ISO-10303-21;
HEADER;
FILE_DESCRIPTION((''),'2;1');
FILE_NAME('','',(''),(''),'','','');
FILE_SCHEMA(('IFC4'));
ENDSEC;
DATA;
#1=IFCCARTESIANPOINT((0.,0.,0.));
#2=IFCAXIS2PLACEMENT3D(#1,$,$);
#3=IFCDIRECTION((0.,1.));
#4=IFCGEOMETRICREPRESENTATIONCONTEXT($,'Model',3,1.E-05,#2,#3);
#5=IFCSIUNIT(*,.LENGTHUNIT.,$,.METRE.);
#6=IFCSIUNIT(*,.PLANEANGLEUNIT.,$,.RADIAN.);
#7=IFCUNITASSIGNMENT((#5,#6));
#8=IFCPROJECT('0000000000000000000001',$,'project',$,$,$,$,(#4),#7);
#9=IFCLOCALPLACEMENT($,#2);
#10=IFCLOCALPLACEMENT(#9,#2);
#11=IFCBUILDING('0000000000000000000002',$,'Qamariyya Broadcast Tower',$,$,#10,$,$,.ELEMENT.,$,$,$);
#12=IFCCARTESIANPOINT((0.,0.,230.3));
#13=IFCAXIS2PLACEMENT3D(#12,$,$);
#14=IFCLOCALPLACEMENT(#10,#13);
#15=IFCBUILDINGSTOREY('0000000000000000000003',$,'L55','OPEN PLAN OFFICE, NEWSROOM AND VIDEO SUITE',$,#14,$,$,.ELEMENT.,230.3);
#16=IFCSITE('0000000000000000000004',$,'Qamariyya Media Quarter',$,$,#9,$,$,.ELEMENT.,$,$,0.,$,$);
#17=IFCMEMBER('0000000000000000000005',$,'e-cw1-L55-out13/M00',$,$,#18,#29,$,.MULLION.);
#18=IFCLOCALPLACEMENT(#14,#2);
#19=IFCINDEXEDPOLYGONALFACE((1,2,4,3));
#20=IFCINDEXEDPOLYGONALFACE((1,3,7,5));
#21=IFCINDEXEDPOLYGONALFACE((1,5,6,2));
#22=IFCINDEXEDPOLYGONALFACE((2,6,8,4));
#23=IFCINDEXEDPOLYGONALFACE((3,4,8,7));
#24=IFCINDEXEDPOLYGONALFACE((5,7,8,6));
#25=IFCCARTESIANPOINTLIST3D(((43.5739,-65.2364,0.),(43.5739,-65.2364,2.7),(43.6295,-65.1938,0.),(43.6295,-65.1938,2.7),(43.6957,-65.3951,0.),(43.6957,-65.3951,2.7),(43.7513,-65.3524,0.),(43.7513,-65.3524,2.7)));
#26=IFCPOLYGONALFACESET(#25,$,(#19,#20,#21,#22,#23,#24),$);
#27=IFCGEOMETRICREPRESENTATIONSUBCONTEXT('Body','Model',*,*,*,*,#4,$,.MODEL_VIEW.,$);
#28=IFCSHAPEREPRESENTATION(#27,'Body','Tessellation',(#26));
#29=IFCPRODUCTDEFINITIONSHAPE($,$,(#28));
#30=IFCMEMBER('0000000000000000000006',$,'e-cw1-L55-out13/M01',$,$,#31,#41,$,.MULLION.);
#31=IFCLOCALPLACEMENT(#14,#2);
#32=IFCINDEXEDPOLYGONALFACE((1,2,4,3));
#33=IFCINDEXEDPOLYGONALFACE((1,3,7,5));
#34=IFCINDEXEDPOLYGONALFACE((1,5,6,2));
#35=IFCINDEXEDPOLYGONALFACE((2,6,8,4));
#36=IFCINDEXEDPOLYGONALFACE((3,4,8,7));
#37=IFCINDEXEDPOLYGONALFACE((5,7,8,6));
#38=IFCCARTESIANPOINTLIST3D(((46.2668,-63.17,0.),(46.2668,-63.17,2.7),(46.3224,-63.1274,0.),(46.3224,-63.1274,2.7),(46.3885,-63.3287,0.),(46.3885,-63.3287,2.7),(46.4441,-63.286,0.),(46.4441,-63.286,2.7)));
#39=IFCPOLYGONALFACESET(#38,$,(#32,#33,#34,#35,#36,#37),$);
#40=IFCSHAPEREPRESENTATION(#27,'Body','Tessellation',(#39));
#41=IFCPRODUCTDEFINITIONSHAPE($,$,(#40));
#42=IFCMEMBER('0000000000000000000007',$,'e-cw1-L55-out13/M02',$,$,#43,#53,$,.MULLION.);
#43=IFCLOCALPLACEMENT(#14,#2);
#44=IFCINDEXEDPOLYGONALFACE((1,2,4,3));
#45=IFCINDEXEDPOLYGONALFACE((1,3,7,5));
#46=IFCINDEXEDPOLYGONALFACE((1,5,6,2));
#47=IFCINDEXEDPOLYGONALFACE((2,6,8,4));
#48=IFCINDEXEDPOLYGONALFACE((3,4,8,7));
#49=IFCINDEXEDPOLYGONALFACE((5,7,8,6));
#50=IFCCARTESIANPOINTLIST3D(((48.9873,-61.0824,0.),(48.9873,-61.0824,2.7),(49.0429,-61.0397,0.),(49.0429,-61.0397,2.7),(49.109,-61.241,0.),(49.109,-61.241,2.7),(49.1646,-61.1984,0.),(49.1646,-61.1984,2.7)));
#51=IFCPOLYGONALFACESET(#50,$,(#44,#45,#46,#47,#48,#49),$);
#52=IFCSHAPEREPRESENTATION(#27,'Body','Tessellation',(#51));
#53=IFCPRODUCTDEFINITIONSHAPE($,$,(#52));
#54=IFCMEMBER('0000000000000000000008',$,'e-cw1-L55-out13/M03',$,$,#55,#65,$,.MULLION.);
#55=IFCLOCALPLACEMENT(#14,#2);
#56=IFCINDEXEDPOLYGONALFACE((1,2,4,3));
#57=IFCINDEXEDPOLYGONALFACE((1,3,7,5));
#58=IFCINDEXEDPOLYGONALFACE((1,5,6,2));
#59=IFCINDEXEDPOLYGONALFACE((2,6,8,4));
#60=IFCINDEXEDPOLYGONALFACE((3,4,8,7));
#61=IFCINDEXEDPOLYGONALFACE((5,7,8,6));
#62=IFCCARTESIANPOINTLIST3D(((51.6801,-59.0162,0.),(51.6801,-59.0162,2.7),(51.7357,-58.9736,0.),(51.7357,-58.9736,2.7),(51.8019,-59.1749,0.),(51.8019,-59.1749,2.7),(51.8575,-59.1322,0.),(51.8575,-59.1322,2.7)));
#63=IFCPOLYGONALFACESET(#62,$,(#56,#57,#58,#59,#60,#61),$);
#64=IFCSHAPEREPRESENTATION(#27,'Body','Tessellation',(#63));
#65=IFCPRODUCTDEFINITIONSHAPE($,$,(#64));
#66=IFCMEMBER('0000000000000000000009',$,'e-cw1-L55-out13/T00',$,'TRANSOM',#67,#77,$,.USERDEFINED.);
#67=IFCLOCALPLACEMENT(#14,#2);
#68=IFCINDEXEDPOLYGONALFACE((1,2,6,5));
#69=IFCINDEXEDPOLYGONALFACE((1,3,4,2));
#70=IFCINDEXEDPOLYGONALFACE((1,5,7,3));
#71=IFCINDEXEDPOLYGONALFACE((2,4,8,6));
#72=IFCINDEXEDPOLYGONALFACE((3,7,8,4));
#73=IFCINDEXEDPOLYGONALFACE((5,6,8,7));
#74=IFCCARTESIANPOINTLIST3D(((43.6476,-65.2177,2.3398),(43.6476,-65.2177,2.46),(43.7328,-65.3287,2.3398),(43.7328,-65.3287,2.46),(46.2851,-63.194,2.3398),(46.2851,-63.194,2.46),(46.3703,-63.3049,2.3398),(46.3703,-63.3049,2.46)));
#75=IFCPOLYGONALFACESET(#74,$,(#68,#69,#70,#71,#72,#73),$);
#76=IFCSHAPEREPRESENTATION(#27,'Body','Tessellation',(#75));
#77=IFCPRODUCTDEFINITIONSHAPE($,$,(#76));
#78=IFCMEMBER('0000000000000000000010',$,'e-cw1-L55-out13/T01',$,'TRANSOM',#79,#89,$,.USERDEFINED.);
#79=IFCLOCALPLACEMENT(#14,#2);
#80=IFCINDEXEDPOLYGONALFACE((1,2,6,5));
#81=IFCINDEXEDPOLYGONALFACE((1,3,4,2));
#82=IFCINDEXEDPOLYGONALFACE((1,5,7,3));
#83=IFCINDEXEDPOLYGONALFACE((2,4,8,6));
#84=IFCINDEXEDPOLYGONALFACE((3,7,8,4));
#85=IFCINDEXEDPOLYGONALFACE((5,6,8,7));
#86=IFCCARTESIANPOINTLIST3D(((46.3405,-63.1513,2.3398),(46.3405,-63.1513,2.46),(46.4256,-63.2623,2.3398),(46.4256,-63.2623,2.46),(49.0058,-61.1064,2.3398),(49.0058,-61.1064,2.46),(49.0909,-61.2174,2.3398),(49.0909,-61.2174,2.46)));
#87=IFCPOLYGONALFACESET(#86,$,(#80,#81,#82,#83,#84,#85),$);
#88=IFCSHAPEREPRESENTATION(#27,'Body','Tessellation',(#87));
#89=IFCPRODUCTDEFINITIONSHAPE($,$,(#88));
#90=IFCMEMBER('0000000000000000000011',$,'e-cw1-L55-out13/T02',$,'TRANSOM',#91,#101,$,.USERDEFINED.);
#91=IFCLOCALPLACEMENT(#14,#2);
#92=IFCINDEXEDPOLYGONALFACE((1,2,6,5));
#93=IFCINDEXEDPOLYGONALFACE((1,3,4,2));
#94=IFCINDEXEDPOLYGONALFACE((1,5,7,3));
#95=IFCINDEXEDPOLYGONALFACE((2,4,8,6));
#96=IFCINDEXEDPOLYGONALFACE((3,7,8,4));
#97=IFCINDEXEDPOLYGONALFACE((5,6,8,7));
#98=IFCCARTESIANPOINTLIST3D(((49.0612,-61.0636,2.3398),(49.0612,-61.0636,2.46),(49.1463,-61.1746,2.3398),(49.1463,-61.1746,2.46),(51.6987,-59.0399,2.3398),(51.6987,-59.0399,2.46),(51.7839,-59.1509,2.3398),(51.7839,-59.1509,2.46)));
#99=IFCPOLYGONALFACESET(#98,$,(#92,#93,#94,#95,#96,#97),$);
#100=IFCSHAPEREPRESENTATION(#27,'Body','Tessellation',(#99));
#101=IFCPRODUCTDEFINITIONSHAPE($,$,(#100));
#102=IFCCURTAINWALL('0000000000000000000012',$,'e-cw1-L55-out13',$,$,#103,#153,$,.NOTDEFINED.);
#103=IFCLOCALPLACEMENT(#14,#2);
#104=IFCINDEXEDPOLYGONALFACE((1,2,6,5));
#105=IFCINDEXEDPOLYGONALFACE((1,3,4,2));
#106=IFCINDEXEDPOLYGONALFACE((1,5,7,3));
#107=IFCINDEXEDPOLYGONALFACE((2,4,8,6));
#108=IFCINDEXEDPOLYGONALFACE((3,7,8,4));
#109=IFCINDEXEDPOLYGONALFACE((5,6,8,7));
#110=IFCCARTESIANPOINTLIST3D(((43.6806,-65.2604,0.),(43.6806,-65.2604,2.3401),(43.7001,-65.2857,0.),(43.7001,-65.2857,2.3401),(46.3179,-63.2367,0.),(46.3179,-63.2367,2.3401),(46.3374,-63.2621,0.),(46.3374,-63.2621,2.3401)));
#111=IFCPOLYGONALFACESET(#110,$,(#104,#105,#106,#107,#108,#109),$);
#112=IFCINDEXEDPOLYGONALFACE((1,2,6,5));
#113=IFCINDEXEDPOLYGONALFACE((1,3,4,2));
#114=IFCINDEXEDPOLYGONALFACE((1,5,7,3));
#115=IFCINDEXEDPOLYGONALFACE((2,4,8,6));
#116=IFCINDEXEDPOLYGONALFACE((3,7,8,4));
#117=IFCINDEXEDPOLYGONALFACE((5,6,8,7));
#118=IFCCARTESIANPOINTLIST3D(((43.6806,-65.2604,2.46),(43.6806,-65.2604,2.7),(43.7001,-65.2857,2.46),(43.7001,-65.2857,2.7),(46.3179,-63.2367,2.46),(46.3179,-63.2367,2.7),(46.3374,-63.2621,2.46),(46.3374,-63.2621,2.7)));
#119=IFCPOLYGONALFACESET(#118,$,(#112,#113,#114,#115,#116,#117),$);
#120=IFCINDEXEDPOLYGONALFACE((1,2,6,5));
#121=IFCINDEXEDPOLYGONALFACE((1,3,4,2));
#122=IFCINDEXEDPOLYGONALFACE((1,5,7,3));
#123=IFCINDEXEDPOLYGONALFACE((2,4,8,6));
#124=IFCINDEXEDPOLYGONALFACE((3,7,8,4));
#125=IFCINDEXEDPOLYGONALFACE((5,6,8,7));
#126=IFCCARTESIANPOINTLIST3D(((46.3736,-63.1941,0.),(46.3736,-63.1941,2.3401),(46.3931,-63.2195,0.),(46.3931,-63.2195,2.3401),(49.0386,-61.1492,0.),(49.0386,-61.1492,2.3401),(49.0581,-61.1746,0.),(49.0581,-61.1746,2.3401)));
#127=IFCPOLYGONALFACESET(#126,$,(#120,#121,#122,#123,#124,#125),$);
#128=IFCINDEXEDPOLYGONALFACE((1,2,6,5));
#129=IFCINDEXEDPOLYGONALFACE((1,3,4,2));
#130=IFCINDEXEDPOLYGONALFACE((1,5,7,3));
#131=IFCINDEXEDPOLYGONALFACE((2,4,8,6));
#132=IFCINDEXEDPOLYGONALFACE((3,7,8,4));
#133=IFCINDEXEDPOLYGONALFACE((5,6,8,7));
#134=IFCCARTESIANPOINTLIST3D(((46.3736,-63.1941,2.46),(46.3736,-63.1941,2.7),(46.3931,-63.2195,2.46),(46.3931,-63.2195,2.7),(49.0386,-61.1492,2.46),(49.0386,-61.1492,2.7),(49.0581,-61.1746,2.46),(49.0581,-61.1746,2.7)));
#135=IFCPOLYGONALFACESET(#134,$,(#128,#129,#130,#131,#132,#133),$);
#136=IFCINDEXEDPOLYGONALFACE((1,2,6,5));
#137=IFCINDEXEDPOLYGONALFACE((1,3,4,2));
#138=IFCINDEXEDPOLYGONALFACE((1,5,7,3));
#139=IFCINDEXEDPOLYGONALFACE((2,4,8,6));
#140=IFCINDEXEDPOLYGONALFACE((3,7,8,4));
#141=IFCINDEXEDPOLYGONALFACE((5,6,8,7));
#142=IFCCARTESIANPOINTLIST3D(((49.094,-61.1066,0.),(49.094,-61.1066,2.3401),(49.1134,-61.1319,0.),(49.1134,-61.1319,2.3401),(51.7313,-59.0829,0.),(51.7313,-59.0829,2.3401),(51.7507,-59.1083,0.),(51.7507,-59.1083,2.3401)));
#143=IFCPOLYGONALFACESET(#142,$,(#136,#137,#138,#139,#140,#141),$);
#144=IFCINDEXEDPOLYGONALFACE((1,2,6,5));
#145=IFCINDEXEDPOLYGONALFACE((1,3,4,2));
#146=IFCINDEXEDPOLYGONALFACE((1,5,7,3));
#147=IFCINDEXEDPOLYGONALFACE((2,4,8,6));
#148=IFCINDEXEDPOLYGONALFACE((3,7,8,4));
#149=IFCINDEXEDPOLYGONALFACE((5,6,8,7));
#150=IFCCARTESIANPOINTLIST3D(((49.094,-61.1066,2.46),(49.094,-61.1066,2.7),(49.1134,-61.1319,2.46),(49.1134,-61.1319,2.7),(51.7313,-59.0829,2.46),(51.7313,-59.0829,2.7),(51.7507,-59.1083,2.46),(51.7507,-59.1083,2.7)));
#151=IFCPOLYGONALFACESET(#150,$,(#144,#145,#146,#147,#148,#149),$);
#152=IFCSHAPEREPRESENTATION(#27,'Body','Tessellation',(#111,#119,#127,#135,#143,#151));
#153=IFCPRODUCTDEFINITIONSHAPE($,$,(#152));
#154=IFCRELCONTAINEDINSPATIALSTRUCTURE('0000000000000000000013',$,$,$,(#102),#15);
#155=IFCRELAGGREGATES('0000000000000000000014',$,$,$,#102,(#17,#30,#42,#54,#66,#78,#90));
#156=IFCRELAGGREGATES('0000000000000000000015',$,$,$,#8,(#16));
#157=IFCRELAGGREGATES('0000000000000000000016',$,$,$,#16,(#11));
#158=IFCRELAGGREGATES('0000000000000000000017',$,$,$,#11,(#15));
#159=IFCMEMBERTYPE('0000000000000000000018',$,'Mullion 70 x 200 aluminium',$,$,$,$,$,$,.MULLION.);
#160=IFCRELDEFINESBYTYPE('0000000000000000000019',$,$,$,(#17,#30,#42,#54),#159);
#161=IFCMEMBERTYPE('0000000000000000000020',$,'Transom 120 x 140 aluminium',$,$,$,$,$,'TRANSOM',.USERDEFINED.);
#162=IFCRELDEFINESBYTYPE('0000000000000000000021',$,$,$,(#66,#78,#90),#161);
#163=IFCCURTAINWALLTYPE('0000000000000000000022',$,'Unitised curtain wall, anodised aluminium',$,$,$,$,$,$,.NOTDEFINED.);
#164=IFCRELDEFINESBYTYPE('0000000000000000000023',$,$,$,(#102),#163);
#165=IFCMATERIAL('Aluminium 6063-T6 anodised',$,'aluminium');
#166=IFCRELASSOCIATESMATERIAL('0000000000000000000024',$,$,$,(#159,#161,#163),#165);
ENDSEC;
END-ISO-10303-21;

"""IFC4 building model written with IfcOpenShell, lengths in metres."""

from ifc_helpers import new_model, si_unit, direction, frame, origin, origin_2d, place, context, subcontext, project, spatial, rectangle, extrude, material, material_profile, profile_set, type_object, element, aggregate, save


model = new_model("IFC4")

# Units and contexts
model_context = context("Model", 3, precision=1e-05, world=origin(), true_north=direction((0.0, 1.0)))
body_context = subcontext(model_context, "Body", "Model", "MODEL_VIEW")
ifc_project = project(units=[si_unit("LENGTHUNIT", "METRE"), si_unit("PLANEANGLEUNIT", "RADIAN")], contexts=[model_context])

# Members
ifc_material = material(Name="Aluminium 6063-T6 anodised", Category="aluminium")
ifc_material_profile_1 = material_profile(ifc_material, rectangle(XDim=0.2, YDim=0.0701, at=origin_2d()))
ifc_profile_set_1 = profile_set([ifc_material_profile_1], Name="Aluminium 6063-T6 anodised")
member_type_1 = type_object("IfcMemberType", Name="Mullion 70 x 200 aluminium", PredefinedType="MULLION", material=ifc_profile_set_1)
site_placement = place(None, origin())
building_placement = place(site_placement, origin())
storey_placement = place(building_placement, frame((0.0, 0.0, 230.3)))
member_1_placement = place(storey_placement, frame((43.6626, -65.2944, 0.0), z_axis=(0.0, 0.0, 1.0), x_axis=(-0.608761, 0.793353, 0.0)))
member_1 = element("IfcMember", 1, at=member_1_placement, type_object=member_type_1, Name="e-cw1-L55-out13/M00", PredefinedType="MULLION", context=body_context, shape_type="SweptSolid", body=[
    extrude(rectangle(XDim=0.2, YDim=0.0701, at=origin_2d()), origin(), (0.0, 0.0, 1.0), 2.7),
])
member_2_placement = place(storey_placement, frame((46.3555, -63.228, 0.0), z_axis=(0.0, 0.0, 1.0), x_axis=(-0.608761, 0.793353, 0.0)))
member_2 = element("IfcMember", 2, at=member_2_placement, type_object=member_type_1, Name="e-cw1-L55-out13/M01", PredefinedType="MULLION", context=body_context, shape_type="SweptSolid", body=[
    extrude(rectangle(XDim=0.2, YDim=0.0701, at=origin_2d()), origin(), (0.0, 0.0, 1.0), 2.7),
])
member_3_placement = place(storey_placement, frame((49.0759, -61.1404, 0.0), z_axis=(0.0, 0.0, 1.0), x_axis=(-0.608761, 0.793353, 0.0)))
member_3 = element("IfcMember", 3, at=member_3_placement, type_object=member_type_1, Name="e-cw1-L55-out13/M02", PredefinedType="MULLION", context=body_context, shape_type="SweptSolid", body=[
    extrude(rectangle(XDim=0.2, YDim=0.0701, at=origin_2d()), origin(), (0.0, 0.0, 1.0), 2.7),
])
member_4_placement = place(storey_placement, frame((51.7688, -59.0742, 0.0), z_axis=(0.0, 0.0, 1.0), x_axis=(-0.608761, 0.793353, 0.0)))
member_4 = element("IfcMember", 4, at=member_4_placement, type_object=member_type_1, Name="e-cw1-L55-out13/M03", PredefinedType="MULLION", context=body_context, shape_type="SweptSolid", body=[
    extrude(rectangle(XDim=0.2, YDim=0.0701, at=origin_2d()), origin(), (0.0, 0.0, 1.0), 2.7),
])
ifc_material_profile_2 = material_profile(ifc_material, rectangle(XDim=0.1399, YDim=0.1201, at=origin_2d()))
ifc_profile_set_2 = profile_set([ifc_material_profile_2], Name="Aluminium 6063-T6 anodised")
member_type_2 = type_object("IfcMemberType", Name="Transom 120 x 140 aluminium", ElementType="TRANSOM", PredefinedType="USERDEFINED", material=ifc_profile_set_2)
member_5_placement = place(storey_placement, frame((43.6902, -65.2732, 2.3999), z_axis=(0.793369, 0.608741, 0.0), x_axis=(-0.608741, 0.793369, 0.0)))
member_5 = element("IfcMember", 5, at=member_5_placement, type_object=member_type_2, Name="e-cw1-L55-out13/T00", ObjectType="TRANSOM", PredefinedType="USERDEFINED", context=body_context, shape_type="SweptSolid", body=[
    extrude(rectangle(XDim=0.1399, YDim=0.1201, at=origin_2d()), origin(), (0.0, 0.0, 1.0), 3.3245),
])
member_6_placement = place(storey_placement, frame((46.3831, -63.2068, 2.3999), z_axis=(0.793385, 0.60872, 0.0), x_axis=(-0.60872, 0.793385, 0.0)))
member_6 = element("IfcMember", 6, at=member_6_placement, type_object=member_type_2, Name="e-cw1-L55-out13/T01", ObjectType="TRANSOM", PredefinedType="USERDEFINED", context=body_context, shape_type="SweptSolid", body=[
    extrude(rectangle(XDim=0.1399, YDim=0.1201, at=origin_2d()), origin(), (0.0, 0.0, 1.0), 3.3594),
])
member_7_placement = place(storey_placement, frame((49.1038, -61.1191, 2.3999), z_axis=(0.793369, 0.608741, 0.0), x_axis=(-0.608741, 0.793369, 0.0)))
member_7 = element("IfcMember", 7, at=member_7_placement, type_object=member_type_2, Name="e-cw1-L55-out13/T02", ObjectType="TRANSOM", PredefinedType="USERDEFINED", context=body_context, shape_type="SweptSolid", body=[
    extrude(rectangle(XDim=0.1399, YDim=0.1201, at=origin_2d()), origin(), (0.0, 0.0, 1.0), 3.3245),
])

# Site, building, storey
site = spatial("IfcSite", under=ifc_project, at=site_placement, Name="Qamariyya Media Quarter", CompositionType="ELEMENT", RefElevation=0.0)
building = spatial("IfcBuilding", under=site, at=building_placement, Name="Qamariyya Broadcast Tower", CompositionType="ELEMENT")
storey = spatial("IfcBuildingStorey", under=building, at=storey_placement, Name="L55", Description="OPEN PLAN OFFICE, NEWSROOM AND VIDEO SUITE", CompositionType="ELEMENT", Elevation=230.3)

# Curtain wall
curtain_wall_type = type_object("IfcCurtainWallType", Name="Unitised curtain wall, anodised aluminium", PredefinedType="NOTDEFINED", material=ifc_material)
curtain_wall_1_placement = place(storey_placement, origin())
curtain_wall_1 = element("IfcCurtainWall", 8, at=curtain_wall_1_placement, inside=storey, type_object=curtain_wall_type, Name="e-cw1-L55-out13", PredefinedType="NOTDEFINED", context=body_context, shape_type="SweptSolid", body=[
    extrude(rectangle(XDim=3.3242, YDim=0.032, at=origin_2d()), frame((45.009, -64.2612, 0.0), x_axis=(0.793359, 0.608754, 0.0)), (0.0, 0.0, 1.0), 2.3401),
    extrude(rectangle(XDim=3.3242, YDim=0.032, at=origin_2d()), frame((45.009, -64.2612, 2.46), x_axis=(0.793359, 0.608754, 0.0)), (0.0, 0.0, 1.0), 0.24),
    extrude(rectangle(XDim=3.3591, YDim=0.032, at=origin_2d()), frame((47.7158, -62.1843, 0.0), x_axis=(0.793359, 0.608754, 0.0)), (0.0, 0.0, 1.0), 2.3401),
    extrude(rectangle(XDim=3.3591, YDim=0.032, at=origin_2d()), frame((47.7158, -62.1843, 2.46), x_axis=(0.793359, 0.608754, 0.0)), (0.0, 0.0, 1.0), 0.24),
    extrude(rectangle(XDim=3.3242, YDim=0.032, at=origin_2d()), frame((50.4224, -60.1074, 0.0), x_axis=(0.793359, 0.608754, 0.0)), (0.0, 0.0, 1.0), 2.3401),
    extrude(rectangle(XDim=3.3242, YDim=0.032, at=origin_2d()), frame((50.4224, -60.1074, 2.46), x_axis=(0.793359, 0.608754, 0.0)), (0.0, 0.0, 1.0), 0.24),
])
aggregate(curtain_wall_1, [member_1, member_2, member_3, member_4, member_5, member_6, member_7])

save(model, "model.ifc")
